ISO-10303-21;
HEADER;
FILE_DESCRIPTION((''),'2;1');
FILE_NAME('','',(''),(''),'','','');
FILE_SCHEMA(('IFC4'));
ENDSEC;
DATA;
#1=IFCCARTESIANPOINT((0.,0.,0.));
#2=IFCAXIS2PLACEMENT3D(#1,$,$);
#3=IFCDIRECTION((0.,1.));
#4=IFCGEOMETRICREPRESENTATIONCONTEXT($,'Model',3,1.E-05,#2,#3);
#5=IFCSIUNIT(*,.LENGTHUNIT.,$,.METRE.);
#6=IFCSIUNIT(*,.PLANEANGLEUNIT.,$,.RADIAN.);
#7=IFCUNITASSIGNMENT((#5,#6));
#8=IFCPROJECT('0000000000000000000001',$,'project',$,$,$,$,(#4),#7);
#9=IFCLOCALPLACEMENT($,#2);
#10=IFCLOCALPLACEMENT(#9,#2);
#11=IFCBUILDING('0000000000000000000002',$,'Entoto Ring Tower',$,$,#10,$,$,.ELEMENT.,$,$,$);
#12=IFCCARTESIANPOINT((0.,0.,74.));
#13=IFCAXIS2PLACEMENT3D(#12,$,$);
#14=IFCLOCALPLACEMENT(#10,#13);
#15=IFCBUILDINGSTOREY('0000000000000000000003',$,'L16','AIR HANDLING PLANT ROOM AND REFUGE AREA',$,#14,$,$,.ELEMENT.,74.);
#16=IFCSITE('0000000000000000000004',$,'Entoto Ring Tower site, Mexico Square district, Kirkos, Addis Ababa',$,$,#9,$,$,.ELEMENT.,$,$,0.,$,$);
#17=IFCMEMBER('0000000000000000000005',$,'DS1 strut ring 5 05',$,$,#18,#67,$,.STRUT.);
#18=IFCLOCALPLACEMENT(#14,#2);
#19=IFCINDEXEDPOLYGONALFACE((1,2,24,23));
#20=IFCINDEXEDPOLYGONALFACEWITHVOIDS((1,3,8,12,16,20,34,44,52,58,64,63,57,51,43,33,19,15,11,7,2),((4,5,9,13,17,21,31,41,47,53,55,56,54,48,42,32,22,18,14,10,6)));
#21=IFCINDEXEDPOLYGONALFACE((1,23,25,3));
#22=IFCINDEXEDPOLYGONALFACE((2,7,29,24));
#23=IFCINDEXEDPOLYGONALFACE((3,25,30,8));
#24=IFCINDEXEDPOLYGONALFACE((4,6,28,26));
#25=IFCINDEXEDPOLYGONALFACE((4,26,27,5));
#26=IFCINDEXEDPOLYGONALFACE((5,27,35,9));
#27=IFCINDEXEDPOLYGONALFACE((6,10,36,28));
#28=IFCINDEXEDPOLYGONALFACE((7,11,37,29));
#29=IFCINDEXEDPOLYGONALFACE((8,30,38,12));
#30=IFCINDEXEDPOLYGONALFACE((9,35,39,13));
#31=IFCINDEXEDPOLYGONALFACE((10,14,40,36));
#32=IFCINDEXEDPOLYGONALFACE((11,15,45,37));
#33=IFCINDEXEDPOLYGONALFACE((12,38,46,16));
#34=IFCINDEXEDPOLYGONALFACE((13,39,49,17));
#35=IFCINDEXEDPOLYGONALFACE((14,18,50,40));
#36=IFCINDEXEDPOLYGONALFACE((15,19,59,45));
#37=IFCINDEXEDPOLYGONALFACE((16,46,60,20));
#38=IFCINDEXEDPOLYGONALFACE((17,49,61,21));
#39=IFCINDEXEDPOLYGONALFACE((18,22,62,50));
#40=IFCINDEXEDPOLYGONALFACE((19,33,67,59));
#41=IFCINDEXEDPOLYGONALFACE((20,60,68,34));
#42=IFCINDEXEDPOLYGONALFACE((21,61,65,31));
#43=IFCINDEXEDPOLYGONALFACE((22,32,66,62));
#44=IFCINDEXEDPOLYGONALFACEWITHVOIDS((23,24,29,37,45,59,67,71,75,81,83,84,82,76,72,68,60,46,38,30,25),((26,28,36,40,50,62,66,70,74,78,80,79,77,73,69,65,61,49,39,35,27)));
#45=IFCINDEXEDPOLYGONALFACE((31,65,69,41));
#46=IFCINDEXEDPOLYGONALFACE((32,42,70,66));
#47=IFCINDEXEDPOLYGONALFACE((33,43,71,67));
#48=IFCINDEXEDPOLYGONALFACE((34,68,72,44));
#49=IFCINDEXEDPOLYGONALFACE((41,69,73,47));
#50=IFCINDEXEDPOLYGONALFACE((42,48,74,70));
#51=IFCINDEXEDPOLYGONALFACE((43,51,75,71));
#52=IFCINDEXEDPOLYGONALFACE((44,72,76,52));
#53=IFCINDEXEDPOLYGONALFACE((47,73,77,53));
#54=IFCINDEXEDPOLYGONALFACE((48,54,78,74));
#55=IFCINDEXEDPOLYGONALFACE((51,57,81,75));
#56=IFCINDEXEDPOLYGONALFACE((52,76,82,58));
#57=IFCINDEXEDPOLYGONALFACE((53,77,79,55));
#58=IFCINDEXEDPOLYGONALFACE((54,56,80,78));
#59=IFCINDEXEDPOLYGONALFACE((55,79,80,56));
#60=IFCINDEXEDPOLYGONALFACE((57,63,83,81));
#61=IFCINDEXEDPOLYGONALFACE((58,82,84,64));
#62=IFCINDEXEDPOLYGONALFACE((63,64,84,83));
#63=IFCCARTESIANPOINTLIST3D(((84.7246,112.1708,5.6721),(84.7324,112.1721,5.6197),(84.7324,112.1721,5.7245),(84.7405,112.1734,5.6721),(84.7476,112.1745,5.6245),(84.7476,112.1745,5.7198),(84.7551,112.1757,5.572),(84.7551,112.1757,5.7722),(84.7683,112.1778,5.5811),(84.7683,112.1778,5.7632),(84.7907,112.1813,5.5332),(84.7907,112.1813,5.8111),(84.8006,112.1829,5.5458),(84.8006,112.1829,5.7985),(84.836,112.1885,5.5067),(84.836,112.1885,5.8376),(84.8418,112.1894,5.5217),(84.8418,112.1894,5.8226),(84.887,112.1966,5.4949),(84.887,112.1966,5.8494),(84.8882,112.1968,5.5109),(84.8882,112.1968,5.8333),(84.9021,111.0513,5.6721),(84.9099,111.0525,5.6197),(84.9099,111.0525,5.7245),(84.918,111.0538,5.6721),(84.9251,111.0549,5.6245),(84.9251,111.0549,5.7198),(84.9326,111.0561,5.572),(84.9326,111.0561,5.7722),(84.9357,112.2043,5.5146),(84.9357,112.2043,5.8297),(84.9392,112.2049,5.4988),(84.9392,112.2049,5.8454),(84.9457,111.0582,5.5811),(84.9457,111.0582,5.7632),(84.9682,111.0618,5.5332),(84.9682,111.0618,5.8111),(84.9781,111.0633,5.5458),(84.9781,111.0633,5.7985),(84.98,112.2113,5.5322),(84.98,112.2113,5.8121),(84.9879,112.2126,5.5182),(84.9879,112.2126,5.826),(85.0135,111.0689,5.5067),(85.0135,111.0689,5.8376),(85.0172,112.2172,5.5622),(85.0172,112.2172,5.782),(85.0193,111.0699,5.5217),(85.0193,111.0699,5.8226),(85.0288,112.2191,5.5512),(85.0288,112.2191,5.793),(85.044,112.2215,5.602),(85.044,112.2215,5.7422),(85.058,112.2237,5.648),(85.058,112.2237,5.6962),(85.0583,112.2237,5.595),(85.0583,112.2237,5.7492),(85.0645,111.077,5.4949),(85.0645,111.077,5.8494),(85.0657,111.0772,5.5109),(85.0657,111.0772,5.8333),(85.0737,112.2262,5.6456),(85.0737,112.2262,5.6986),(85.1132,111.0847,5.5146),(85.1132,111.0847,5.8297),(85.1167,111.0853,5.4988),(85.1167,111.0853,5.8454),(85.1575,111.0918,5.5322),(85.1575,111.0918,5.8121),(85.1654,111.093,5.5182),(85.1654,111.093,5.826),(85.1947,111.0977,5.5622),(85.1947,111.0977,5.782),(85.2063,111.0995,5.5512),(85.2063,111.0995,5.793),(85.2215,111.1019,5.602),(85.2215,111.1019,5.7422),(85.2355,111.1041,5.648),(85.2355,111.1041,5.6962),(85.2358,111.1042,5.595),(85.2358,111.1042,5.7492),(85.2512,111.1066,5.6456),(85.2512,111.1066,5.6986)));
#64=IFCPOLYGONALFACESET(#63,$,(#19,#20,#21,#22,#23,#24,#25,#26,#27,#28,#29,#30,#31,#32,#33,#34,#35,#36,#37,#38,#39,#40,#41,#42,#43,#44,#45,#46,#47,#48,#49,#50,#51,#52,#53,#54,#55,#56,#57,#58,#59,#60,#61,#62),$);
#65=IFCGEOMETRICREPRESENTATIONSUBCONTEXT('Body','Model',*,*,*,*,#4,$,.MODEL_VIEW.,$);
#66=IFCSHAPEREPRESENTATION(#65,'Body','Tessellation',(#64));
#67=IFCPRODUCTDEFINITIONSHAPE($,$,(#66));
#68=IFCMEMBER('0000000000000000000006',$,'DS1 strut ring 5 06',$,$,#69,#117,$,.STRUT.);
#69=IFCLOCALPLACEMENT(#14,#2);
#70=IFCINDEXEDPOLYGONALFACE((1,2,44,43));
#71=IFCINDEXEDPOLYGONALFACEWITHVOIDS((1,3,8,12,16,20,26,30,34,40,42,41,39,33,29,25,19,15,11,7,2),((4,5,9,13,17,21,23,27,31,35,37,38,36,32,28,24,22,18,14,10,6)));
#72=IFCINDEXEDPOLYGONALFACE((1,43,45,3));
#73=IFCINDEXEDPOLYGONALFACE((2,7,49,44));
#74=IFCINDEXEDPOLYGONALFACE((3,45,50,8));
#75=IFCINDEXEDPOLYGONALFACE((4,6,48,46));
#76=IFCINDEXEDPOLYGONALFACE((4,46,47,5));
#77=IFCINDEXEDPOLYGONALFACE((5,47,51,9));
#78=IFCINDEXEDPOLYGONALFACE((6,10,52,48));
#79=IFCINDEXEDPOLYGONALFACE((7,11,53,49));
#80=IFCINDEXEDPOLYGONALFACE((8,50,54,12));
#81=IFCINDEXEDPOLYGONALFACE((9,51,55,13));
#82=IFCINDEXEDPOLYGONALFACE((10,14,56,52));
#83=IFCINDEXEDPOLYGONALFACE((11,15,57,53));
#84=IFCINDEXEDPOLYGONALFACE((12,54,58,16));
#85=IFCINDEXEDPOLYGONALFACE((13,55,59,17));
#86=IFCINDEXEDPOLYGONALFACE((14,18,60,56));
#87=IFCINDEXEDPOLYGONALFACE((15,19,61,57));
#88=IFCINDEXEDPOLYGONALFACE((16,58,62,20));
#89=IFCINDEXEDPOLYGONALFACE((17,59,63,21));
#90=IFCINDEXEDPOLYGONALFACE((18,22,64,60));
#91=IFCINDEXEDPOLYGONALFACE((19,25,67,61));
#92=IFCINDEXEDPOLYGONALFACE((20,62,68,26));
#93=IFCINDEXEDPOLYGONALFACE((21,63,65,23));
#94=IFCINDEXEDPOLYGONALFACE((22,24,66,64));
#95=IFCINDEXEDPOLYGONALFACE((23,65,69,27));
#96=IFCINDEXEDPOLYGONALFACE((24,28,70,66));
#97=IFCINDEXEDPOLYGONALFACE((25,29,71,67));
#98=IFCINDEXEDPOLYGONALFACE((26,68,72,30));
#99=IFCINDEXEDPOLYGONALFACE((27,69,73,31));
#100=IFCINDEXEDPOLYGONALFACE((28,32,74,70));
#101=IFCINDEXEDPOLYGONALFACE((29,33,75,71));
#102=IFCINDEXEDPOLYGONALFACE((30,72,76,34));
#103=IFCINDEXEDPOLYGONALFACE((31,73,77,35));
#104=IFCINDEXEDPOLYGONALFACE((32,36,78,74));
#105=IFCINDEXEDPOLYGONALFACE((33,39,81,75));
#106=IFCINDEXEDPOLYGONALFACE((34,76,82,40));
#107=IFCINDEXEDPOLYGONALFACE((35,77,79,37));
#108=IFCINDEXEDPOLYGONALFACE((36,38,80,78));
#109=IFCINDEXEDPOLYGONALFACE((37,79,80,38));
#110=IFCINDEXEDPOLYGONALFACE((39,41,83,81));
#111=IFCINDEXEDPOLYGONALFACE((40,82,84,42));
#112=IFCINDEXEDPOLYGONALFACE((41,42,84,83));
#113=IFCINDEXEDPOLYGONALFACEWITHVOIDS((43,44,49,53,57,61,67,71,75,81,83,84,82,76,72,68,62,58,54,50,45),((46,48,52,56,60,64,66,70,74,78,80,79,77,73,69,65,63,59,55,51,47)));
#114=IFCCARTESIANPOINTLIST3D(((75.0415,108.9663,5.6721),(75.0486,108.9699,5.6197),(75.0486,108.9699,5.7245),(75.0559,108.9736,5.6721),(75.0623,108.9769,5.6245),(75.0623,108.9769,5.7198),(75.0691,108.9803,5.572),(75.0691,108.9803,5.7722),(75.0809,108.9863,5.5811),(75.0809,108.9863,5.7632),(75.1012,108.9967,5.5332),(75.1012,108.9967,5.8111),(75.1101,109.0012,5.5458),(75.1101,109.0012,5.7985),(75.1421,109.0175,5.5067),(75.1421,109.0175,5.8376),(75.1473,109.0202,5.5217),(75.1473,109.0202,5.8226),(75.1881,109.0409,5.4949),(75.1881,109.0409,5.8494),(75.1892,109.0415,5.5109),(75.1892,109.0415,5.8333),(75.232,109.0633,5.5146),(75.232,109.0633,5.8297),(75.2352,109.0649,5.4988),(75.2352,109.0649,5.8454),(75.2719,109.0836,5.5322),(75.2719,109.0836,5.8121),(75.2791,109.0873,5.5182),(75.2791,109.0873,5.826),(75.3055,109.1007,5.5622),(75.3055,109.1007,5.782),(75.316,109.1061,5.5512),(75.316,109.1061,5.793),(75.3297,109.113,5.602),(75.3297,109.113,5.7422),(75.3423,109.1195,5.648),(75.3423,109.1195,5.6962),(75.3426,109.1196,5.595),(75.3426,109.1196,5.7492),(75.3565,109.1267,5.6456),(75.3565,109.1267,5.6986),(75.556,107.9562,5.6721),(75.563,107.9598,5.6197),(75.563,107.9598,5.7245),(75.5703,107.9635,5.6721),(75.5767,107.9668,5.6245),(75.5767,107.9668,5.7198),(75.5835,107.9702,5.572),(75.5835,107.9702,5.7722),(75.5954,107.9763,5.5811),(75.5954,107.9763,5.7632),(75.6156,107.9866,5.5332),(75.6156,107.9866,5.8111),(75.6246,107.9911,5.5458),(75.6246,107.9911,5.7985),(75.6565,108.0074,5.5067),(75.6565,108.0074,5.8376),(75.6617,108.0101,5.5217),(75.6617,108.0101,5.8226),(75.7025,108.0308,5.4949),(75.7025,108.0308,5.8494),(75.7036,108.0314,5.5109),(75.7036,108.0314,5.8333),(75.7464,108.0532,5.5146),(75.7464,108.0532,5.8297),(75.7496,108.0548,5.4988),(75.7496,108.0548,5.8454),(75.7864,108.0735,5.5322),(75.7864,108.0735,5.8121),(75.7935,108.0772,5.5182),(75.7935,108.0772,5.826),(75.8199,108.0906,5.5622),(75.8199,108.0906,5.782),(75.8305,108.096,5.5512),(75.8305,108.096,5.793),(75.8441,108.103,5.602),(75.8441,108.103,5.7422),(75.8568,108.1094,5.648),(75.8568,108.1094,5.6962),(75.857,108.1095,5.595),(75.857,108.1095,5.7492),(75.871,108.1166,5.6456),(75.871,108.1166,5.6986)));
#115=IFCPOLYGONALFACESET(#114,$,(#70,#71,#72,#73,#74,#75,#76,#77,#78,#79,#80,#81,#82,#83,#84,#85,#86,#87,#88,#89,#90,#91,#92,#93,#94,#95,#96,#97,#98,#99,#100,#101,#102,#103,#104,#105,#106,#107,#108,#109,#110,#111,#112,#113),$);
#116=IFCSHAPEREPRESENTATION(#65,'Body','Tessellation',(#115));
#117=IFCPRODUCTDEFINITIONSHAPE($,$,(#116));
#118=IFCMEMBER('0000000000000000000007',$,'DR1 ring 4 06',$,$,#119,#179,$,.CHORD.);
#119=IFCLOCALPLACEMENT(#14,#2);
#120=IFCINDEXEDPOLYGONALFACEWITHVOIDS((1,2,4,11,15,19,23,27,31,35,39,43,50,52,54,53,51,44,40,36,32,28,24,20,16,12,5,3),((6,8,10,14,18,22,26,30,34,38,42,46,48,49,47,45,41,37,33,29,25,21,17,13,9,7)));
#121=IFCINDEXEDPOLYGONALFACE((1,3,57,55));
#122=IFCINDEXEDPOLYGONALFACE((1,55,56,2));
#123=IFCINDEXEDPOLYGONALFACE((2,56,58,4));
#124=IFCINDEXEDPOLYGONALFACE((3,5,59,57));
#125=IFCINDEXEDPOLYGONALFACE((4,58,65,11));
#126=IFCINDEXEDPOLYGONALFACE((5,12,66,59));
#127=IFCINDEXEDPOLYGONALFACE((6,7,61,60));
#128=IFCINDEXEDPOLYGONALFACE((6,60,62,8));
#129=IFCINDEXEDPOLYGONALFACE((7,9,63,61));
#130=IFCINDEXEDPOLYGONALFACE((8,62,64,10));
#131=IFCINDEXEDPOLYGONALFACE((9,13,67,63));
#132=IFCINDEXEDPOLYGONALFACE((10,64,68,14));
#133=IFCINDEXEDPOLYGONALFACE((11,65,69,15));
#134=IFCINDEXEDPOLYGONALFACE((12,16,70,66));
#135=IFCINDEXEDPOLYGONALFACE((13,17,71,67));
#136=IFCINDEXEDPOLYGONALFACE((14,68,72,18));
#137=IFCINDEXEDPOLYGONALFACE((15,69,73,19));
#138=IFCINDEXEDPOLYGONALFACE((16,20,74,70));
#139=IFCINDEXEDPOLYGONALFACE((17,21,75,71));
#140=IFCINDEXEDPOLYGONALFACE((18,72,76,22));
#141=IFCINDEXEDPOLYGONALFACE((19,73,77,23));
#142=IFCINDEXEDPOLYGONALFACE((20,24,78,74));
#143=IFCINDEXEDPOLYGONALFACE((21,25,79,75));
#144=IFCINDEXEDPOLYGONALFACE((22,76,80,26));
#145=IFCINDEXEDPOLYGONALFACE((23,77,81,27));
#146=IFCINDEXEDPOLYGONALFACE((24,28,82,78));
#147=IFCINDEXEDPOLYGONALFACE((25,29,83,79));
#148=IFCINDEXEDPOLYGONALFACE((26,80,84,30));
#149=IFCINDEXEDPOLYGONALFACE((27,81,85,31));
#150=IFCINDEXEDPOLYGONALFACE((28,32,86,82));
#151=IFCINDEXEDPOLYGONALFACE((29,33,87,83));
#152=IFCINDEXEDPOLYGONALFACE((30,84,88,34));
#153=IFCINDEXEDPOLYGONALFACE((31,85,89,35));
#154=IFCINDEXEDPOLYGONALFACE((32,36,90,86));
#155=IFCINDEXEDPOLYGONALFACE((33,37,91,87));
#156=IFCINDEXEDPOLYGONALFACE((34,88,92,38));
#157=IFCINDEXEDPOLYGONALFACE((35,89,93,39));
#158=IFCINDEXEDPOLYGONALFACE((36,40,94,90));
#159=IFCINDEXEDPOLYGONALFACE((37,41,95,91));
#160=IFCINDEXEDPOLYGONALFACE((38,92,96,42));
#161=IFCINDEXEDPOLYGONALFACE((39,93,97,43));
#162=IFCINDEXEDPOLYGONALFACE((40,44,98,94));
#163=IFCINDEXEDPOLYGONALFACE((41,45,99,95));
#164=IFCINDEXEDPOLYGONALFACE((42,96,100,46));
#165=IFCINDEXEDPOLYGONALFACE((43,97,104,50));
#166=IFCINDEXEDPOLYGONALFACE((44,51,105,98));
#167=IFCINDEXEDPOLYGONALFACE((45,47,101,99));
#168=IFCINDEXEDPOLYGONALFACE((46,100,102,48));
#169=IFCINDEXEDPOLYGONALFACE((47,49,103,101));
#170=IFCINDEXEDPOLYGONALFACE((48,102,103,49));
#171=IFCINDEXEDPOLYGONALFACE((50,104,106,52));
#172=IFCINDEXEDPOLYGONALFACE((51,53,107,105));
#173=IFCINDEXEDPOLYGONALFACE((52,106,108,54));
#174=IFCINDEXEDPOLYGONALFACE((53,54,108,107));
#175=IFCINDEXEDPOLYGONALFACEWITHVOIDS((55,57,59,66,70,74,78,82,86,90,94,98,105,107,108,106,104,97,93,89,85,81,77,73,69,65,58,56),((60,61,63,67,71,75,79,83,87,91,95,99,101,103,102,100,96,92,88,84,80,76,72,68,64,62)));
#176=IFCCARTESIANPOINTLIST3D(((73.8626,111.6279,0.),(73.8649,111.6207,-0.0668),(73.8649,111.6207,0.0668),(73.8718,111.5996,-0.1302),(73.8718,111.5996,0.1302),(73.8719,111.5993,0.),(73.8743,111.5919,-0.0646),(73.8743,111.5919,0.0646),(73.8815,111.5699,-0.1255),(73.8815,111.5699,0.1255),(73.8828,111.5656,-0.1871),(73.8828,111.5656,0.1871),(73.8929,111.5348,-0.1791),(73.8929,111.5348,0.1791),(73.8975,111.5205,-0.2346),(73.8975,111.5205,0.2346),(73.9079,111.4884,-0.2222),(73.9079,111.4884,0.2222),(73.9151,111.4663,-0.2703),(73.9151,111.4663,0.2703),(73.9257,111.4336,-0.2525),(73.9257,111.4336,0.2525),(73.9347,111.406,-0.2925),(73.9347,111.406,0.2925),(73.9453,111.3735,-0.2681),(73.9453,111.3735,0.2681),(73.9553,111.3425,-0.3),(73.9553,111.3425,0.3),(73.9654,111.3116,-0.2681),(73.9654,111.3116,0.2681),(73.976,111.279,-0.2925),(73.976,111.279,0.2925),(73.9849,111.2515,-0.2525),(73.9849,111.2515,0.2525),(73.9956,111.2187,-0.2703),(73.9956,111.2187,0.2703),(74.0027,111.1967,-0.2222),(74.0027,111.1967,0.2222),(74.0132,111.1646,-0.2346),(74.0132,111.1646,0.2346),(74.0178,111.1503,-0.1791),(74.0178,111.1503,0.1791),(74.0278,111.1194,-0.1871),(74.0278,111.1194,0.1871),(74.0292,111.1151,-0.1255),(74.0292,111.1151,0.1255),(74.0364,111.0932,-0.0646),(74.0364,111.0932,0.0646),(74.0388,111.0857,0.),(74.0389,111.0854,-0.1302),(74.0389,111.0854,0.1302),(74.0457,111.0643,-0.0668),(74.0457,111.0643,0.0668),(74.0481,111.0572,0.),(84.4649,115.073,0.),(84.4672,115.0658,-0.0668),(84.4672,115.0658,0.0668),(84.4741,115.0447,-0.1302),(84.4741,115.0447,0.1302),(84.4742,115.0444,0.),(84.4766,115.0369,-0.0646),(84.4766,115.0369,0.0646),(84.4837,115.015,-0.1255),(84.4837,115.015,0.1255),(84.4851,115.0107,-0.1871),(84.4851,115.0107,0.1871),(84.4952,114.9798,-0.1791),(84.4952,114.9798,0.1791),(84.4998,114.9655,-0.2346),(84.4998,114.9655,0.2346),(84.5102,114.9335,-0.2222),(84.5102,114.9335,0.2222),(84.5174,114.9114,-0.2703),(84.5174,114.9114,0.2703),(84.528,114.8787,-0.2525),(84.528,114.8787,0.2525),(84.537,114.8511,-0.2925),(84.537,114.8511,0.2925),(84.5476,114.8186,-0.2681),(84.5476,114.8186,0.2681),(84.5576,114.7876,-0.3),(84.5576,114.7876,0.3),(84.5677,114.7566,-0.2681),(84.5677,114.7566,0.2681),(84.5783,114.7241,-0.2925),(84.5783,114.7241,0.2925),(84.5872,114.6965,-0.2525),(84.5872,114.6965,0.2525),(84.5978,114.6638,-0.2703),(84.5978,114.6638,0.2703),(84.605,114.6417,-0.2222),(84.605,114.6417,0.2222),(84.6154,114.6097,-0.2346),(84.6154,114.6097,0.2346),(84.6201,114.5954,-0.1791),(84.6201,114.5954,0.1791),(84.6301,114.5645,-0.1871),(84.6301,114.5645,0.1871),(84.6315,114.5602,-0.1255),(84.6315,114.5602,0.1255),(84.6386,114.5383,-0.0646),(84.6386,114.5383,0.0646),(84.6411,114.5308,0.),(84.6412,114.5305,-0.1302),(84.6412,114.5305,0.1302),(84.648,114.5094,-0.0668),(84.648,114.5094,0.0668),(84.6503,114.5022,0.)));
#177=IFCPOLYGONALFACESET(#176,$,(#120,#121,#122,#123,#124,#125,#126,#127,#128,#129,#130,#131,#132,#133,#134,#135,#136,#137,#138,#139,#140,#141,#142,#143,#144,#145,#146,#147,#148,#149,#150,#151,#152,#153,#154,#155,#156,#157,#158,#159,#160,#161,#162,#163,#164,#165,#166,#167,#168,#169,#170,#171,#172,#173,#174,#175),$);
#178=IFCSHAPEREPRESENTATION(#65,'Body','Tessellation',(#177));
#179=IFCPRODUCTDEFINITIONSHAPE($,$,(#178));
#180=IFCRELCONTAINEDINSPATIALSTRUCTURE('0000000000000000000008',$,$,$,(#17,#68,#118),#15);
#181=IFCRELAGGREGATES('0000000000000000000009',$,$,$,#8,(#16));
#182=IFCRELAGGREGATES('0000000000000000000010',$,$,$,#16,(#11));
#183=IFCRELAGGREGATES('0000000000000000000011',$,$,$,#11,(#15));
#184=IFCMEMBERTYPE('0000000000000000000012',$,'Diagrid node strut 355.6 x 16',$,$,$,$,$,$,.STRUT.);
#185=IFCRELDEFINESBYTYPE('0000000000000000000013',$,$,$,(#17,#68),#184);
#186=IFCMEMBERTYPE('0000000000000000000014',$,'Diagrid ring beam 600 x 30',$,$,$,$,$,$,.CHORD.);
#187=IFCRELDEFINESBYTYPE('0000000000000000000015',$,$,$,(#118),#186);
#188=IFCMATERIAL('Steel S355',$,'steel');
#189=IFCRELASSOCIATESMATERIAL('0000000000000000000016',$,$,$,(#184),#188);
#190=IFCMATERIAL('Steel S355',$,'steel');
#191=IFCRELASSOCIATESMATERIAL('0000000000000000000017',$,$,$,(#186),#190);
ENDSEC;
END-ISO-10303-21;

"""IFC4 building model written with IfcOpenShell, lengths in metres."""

from ifc_helpers import new_model, si_unit, direction, frame, origin, origin_2d, place, context, subcontext, project, spatial, circle, hollow_circle, extrude, material, material_profile, profile_set, type_object, element, save


model = new_model("IFC4")

# Units and contexts
model_context = context("Model", 3, precision=1e-05, world=origin(), true_north=direction((0.0, 1.0)))
body_context = subcontext(model_context, "Body", "Model", "MODEL_VIEW")
ifc_project = project(units=[si_unit("LENGTHUNIT", "METRE"), si_unit("PLANEANGLEUNIT", "RADIAN")], contexts=[model_context])

# Site, building, storey
site_placement = place(None, origin())
site = spatial("IfcSite", under=ifc_project, at=site_placement, Name="Entoto Ring Tower site, Mexico Square district, Kirkos, Addis Ababa", CompositionType="ELEMENT", RefElevation=0.0)
building_placement = place(site_placement, origin())
building = spatial("IfcBuilding", under=site, at=building_placement, Name="Entoto Ring Tower", CompositionType="ELEMENT")
storey_placement = place(building_placement, frame((0.0, 0.0, 74.0)))
storey = spatial("IfcBuildingStorey", under=building, at=storey_placement, Name="L16", Description="AIR HANDLING PLANT ROOM AND REFUGE AREA", CompositionType="ELEMENT", Elevation=74.0)

# Members
ifc_material_1 = material(Name="Steel S355", Category="steel")
ifc_material_profile_1 = material_profile(ifc_material_1, hollow_circle(Radius=0.1777, WallThickness=0.0161, at=origin_2d()), Name="CHS 355.6 x 16")
ifc_material_2 = material(Name="Concrete C60/75", Category="concrete")
ifc_material_profile_2 = material_profile(ifc_material_2, circle(Radius=0.1619, at=origin_2d()), Name="Concrete C60/75 infill")
ifc_profile_set_1 = profile_set([ifc_material_profile_1, ifc_material_profile_2], Name="Steel S355")
member_type_1 = type_object("IfcMemberType", Name="Diagrid node strut 355.6 x 16", PredefinedType="STRUT", material=ifc_profile_set_1)
for number, where, z_axis, x_axis, name in (
    (1, (85.0776, 111.0791, 5.6721), (-0.156571, 0.987667, 0.0), (-0.987667, -0.156571, 0.0), "DS1 strut ring 5 05"),
    (2, (75.7144, 108.0369, 5.6721), (-0.453835, 0.891086, 0.0), (-0.891086, -0.453835, 0.0), "DS1 strut ring 5 06"),
):
    element("IfcMember", number, at=place(storey_placement, frame(where, z_axis=z_axis, x_axis=x_axis)), inside=storey, type_object=member_type_1, Name=name, PredefinedType="STRUT", context=body_context, shape_type="SweptSolid", body=[
        extrude(hollow_circle(Radius=0.1777, WallThickness=0.0161, at=origin_2d()), origin(), (0.0, 0.0, 1.0), 1.1335),
    ])
ifc_material_3 = material(Name="Steel S355", Category="steel")
ifc_material_profile_3 = material_profile(ifc_material_3, hollow_circle(Radius=0.3, WallThickness=0.03, at=origin_2d()), Name="CHS 600 x 30")
ifc_material_4 = material(Name="Concrete C60/75", Category="concrete")
ifc_material_profile_4 = material_profile(ifc_material_4, circle(Radius=0.27, at=origin_2d()), Name="Concrete C60/75 infill")
ifc_profile_set_2 = profile_set([ifc_material_profile_3, ifc_material_profile_4], Name="Steel S355")
member_type_2 = type_object("IfcMemberType", Name="Diagrid ring beam 600 x 30", PredefinedType="CHORD", material=ifc_profile_set_2)
member_1_placement = place(storey_placement, frame((84.5576, 114.7876, 0.0), z_axis=(-0.951052, -0.309031, 0.0), x_axis=(0.309031, -0.951052, 0.0)))
element("IfcMember", 3, at=member_1_placement, inside=storey, type_object=member_type_2, Name="DR1 ring 4 06", PredefinedType="CHORD", context=body_context, shape_type="SweptSolid", body=[
    extrude(hollow_circle(Radius=0.3, WallThickness=0.03, at=origin_2d()), origin(), (0.0, 0.0, 1.0), 11.1479),
])

save(model, "model.ifc")
